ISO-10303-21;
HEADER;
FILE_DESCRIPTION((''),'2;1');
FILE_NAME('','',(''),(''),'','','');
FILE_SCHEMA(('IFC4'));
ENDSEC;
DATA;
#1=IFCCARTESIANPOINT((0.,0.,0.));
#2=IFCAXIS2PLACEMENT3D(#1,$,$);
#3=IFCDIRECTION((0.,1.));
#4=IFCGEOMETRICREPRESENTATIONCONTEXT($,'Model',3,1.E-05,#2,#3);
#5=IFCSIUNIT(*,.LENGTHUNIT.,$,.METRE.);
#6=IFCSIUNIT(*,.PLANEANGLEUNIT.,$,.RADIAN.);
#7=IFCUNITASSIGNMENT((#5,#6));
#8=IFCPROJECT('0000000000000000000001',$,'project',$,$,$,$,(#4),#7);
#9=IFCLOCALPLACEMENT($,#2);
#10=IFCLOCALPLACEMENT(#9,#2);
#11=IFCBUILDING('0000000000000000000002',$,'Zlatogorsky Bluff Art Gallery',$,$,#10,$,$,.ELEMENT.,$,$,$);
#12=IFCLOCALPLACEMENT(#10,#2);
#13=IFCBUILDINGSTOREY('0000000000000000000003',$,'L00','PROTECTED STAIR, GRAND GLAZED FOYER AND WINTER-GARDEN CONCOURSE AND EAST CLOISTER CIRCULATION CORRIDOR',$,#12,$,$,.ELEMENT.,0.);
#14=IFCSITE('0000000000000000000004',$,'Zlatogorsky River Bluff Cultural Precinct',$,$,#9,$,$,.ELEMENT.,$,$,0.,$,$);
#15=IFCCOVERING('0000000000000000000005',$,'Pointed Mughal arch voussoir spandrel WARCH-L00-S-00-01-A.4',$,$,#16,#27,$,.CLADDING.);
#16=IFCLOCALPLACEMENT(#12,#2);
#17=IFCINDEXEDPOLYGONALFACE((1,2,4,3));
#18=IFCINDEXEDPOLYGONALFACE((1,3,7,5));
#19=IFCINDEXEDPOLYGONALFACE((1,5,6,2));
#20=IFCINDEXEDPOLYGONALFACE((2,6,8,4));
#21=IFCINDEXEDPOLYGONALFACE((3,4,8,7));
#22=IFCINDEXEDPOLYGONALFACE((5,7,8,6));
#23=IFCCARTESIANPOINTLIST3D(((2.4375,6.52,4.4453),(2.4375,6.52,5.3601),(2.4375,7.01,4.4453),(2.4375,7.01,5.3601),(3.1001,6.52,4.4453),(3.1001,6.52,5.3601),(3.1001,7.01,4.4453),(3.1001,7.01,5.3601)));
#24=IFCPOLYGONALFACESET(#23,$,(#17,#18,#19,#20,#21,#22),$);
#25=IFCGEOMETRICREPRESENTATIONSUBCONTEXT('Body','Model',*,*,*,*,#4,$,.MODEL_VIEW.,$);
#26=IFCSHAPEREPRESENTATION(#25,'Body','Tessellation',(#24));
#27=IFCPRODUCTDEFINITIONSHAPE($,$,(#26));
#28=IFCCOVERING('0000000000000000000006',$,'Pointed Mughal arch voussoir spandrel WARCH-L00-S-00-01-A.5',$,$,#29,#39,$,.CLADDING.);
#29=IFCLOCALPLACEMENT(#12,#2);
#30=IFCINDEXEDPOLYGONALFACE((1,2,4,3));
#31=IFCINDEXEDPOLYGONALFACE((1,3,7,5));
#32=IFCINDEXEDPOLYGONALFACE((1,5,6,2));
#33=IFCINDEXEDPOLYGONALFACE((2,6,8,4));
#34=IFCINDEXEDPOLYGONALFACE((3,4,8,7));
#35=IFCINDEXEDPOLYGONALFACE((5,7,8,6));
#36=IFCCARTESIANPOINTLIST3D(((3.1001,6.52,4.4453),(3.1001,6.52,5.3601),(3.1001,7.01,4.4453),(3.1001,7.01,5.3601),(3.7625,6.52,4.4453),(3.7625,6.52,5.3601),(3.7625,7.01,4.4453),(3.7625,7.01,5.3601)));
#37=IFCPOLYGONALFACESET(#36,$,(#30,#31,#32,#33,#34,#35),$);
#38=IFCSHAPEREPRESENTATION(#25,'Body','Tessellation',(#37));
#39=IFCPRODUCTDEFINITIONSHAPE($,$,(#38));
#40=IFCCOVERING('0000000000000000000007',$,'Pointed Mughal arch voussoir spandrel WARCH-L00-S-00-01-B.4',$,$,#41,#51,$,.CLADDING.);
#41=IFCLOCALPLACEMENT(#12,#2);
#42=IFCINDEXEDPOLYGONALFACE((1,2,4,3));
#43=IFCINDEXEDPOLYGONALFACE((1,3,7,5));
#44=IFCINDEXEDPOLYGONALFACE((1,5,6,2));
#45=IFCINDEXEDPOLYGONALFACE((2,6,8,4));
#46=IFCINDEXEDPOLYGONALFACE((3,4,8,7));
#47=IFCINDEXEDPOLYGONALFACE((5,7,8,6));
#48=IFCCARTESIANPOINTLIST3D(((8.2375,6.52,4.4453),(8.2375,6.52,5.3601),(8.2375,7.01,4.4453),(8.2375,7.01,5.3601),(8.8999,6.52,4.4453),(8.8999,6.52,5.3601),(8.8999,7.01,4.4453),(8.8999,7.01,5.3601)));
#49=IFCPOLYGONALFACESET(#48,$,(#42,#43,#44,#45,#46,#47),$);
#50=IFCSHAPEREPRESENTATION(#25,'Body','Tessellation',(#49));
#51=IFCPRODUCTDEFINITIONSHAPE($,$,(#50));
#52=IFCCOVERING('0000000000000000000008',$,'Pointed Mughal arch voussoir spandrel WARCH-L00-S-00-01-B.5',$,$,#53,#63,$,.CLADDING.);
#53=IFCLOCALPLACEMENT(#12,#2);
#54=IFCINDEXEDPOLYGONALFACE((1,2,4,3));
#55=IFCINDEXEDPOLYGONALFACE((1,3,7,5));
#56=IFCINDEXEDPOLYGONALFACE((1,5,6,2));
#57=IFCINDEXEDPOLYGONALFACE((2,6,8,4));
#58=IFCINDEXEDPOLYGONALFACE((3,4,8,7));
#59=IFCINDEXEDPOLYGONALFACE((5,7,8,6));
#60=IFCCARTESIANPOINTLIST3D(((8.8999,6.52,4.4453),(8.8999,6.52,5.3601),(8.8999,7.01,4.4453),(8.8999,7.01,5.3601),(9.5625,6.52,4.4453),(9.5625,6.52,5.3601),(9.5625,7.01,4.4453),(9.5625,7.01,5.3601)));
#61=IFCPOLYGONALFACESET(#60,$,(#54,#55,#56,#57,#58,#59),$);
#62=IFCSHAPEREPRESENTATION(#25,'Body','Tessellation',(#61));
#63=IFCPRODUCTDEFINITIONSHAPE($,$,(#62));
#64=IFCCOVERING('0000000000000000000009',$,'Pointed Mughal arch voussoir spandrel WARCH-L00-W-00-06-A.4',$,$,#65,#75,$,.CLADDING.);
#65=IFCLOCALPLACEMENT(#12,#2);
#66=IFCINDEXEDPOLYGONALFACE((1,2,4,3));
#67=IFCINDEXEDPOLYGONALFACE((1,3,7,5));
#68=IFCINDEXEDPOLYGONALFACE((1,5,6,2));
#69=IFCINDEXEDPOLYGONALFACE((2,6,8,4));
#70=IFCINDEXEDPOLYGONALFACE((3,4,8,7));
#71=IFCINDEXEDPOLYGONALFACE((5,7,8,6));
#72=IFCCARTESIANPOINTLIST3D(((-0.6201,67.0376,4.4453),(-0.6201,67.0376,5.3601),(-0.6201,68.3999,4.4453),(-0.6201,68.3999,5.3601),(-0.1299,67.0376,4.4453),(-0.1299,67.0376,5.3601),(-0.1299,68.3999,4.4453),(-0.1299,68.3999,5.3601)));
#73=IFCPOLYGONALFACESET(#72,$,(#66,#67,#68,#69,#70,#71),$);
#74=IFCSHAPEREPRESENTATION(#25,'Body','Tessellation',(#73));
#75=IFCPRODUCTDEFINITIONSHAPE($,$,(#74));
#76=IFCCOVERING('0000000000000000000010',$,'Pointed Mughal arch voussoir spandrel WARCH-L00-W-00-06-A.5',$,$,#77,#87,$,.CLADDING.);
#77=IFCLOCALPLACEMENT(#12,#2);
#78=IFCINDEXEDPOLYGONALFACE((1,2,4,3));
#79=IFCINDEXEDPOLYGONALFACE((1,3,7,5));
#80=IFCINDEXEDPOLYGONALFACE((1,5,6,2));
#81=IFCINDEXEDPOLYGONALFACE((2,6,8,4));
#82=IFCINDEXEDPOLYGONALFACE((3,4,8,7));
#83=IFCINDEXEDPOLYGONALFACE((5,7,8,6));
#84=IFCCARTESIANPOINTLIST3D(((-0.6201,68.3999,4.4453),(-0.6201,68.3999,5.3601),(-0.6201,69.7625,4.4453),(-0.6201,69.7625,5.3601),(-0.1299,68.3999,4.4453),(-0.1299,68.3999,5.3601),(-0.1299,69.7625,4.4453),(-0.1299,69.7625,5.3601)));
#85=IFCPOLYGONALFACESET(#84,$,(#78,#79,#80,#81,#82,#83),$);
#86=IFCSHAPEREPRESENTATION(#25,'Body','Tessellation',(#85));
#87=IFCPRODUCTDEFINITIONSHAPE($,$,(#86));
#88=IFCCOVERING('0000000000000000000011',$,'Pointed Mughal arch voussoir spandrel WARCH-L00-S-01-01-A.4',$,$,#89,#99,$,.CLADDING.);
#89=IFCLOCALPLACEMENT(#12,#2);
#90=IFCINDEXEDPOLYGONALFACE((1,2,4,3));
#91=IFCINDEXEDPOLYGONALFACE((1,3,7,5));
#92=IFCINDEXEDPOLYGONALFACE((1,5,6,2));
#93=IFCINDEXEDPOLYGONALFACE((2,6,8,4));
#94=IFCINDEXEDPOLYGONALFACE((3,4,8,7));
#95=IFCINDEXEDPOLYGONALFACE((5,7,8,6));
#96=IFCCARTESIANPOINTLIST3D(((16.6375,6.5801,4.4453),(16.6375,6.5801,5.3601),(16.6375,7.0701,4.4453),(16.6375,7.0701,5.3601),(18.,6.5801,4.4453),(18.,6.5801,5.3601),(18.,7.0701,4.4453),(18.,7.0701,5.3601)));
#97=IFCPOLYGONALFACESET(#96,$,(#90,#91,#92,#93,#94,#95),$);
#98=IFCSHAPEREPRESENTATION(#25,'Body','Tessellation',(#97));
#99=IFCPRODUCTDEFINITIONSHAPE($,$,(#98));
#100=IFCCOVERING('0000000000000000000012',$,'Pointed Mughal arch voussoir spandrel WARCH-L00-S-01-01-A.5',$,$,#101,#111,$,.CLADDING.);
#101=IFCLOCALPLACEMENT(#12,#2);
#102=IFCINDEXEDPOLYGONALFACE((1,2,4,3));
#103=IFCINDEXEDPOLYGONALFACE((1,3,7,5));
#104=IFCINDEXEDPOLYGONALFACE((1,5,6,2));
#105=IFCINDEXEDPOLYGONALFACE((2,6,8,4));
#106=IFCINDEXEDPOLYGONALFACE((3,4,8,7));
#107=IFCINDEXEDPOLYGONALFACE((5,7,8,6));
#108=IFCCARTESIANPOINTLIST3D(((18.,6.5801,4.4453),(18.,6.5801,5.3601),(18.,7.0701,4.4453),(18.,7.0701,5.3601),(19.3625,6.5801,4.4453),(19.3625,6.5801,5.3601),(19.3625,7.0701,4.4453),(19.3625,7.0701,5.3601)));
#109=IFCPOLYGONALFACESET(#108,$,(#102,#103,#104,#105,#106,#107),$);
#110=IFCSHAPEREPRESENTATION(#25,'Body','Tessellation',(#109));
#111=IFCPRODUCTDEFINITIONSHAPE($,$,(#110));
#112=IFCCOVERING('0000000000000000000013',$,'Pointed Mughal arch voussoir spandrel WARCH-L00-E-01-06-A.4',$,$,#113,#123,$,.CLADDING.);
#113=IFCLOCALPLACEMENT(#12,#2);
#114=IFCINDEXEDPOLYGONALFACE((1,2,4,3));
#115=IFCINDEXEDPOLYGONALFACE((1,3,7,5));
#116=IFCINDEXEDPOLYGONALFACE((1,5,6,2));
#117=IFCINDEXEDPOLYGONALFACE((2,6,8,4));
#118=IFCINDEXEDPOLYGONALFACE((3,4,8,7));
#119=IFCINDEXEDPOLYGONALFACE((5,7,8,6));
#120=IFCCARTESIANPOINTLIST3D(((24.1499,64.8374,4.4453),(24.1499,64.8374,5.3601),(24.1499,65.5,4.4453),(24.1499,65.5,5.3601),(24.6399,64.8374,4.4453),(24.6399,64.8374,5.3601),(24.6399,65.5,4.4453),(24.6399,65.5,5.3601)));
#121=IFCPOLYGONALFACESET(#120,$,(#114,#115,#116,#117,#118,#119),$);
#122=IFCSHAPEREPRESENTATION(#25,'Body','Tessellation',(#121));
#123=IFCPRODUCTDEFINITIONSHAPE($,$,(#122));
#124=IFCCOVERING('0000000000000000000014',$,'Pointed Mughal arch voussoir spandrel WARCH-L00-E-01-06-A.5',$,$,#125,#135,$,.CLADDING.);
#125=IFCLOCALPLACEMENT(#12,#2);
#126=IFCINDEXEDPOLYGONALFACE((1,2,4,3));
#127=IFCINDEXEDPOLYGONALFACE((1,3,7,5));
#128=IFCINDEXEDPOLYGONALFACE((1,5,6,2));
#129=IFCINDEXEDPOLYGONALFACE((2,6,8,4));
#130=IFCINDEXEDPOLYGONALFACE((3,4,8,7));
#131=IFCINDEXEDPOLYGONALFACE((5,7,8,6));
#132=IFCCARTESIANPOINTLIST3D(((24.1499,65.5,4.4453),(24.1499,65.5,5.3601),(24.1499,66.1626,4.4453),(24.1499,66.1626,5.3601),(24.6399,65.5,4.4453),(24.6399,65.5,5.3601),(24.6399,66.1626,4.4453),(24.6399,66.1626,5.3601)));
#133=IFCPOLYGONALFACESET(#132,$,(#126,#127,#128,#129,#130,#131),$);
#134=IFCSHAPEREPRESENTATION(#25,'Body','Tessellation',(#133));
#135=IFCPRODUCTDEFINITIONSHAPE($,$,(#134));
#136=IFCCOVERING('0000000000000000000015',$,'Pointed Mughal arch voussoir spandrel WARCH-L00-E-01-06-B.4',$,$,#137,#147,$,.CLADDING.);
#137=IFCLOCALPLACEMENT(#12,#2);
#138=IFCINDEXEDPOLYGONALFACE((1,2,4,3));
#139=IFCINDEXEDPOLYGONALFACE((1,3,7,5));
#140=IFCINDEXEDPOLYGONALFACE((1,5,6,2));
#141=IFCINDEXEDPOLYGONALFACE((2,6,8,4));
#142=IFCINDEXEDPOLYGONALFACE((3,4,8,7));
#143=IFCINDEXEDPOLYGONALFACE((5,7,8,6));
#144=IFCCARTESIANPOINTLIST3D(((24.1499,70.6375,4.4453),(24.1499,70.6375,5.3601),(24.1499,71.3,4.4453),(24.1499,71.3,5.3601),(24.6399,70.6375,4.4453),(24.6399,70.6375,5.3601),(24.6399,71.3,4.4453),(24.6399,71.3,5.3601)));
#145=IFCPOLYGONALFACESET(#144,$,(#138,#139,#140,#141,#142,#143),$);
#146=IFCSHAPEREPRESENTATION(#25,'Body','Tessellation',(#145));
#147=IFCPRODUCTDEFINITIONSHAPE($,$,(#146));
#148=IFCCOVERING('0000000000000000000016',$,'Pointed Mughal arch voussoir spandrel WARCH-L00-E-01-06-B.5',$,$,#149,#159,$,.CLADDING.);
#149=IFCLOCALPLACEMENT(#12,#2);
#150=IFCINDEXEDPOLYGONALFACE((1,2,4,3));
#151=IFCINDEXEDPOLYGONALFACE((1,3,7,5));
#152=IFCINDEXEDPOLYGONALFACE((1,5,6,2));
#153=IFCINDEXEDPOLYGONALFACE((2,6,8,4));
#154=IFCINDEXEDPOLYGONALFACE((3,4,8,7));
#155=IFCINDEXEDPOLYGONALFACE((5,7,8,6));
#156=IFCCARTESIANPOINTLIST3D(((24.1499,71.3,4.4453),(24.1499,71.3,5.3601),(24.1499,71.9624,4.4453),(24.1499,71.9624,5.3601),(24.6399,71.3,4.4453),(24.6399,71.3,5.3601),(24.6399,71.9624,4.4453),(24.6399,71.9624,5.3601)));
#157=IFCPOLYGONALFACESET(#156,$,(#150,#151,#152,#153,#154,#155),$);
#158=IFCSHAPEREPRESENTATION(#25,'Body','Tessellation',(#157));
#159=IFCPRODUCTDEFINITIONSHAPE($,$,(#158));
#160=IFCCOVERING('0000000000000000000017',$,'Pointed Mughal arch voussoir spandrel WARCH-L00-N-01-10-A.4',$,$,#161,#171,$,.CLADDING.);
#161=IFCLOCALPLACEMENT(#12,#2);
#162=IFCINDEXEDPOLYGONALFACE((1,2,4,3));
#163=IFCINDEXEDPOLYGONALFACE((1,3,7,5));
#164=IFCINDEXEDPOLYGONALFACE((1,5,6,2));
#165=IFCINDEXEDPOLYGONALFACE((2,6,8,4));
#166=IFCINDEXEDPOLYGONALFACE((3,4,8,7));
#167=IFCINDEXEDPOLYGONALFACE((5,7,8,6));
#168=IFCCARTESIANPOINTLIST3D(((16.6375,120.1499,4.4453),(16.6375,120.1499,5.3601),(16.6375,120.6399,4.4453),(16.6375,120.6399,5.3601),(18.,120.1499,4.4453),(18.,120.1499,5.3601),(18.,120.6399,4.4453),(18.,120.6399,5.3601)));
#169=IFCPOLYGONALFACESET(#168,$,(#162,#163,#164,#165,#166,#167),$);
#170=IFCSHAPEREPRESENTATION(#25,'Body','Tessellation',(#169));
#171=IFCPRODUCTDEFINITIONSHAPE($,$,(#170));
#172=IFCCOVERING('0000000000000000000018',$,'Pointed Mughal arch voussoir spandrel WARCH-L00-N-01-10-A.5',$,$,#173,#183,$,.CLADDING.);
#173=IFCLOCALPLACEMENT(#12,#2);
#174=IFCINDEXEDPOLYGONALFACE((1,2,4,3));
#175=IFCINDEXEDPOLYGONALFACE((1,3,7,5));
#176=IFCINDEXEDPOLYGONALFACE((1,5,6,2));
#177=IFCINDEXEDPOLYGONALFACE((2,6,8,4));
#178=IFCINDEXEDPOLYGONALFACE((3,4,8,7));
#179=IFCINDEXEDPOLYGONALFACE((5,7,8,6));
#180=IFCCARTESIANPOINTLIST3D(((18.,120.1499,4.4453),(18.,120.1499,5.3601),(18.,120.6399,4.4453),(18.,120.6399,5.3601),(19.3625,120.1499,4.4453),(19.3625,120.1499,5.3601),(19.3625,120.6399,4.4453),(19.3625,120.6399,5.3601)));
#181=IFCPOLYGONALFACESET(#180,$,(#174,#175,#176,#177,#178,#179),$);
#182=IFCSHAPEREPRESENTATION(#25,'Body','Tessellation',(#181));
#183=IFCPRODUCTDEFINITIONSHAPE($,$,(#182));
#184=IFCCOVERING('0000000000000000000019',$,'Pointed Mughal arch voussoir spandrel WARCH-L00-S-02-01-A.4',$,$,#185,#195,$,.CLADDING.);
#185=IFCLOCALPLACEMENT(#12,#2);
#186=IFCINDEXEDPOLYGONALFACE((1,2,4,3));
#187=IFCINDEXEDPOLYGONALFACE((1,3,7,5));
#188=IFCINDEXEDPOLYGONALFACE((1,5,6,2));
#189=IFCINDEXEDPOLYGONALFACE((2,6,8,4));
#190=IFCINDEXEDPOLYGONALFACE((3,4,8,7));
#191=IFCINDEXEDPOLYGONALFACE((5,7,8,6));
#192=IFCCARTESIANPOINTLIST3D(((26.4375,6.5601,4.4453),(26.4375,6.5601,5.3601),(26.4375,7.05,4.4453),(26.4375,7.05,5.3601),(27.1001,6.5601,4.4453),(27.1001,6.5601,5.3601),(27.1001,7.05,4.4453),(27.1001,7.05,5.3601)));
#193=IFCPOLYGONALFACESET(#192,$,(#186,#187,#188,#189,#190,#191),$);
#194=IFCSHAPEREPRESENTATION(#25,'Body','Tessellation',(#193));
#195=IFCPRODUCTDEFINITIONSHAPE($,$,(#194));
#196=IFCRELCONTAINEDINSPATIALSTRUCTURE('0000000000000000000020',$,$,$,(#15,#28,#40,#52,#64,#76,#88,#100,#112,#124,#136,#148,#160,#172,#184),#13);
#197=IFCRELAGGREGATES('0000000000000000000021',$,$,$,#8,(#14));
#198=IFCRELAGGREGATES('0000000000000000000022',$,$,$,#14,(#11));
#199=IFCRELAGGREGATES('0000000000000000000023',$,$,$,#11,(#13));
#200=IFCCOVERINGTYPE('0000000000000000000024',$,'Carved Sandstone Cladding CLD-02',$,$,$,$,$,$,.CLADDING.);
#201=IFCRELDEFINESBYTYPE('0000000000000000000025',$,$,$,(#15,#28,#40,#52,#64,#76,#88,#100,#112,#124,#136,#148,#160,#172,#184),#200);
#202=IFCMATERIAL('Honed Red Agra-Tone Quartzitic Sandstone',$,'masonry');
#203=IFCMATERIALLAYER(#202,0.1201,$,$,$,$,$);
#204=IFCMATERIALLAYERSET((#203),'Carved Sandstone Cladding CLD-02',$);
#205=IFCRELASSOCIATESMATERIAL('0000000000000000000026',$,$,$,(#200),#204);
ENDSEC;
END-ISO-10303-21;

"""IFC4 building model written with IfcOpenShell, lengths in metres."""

from ifc_helpers import new_model, si_unit, direction, frame, origin, place, context, subcontext, project, spatial, polyline, outline, extrude, material, layer, layer_set, type_object, element, save


model = new_model("IFC4")

# Units and contexts
model_context = context("Model", 3, precision=1e-05, world=origin(), true_north=direction((0.0, 1.0)))
body_context = subcontext(model_context, "Body", "Model", "MODEL_VIEW")
ifc_project = project(units=[si_unit("LENGTHUNIT", "METRE"), si_unit("PLANEANGLEUNIT", "RADIAN")], contexts=[model_context])

# Site, building, storey
site_placement = place(None, origin())
site = spatial("IfcSite", under=ifc_project, at=site_placement, Name="Zlatogorsky River Bluff Cultural Precinct", CompositionType="ELEMENT", RefElevation=0.0)
building_placement = place(site_placement, origin())
building = spatial("IfcBuilding", under=site, at=building_placement, Name="Zlatogorsky Bluff Art Gallery", CompositionType="ELEMENT")
storey_placement = place(building_placement, origin())
storey = spatial("IfcBuildingStorey", under=building, at=storey_placement, Name="L00", Description="PROTECTED STAIR, GRAND GLAZED FOYER AND WINTER-GARDEN CONCOURSE AND EAST CLOISTER CIRCULATION CORRIDOR", CompositionType="ELEMENT", Elevation=0.0)

# Coverings
ifc_material = material(Name="Honed Red Agra-Tone Quartzitic Sandstone", Category="masonry")
ifc_layer = layer(ifc_material, 0.1201)
ifc_layer_set = layer_set([ifc_layer], Name="Carved Sandstone Cladding CLD-02")
covering_type = type_object("IfcCoveringType", Name="Carved Sandstone Cladding CLD-02", PredefinedType="CLADDING", material=ifc_layer_set)
covering_1_placement = place(storey_placement, frame((0.0, 0.0, 4.4453)))
element("IfcCovering", 1, at=covering_1_placement, inside=storey, type_object=covering_type, Name="Pointed Mughal arch voussoir spandrel WARCH-L00-S-00-01-A.4", PredefinedType="CLADDING", context=body_context, shape_type="SweptSolid", body=[
    extrude(outline(polyline([(2.4375, 6.52), (3.1001, 6.52), (3.1001, 7.01), (2.4375, 7.01), (2.4375, 6.52)])), origin(), (0.0, 0.0, 1.0), 0.9148),
])
covering_2_placement = place(storey_placement, frame((0.0, 0.0, 4.4453)))
element("IfcCovering", 2, at=covering_2_placement, inside=storey, type_object=covering_type, Name="Pointed Mughal arch voussoir spandrel WARCH-L00-S-00-01-A.5", PredefinedType="CLADDING", context=body_context, shape_type="SweptSolid", body=[
    extrude(outline(polyline([(3.1001, 6.52), (3.7625, 6.52), (3.7625, 7.01), (3.1001, 7.01), (3.1001, 6.52)])), origin(), (0.0, 0.0, 1.0), 0.9148),
])
covering_3_placement = place(storey_placement, frame((0.0, 0.0, 4.4453)))
element("IfcCovering", 3, at=covering_3_placement, inside=storey, type_object=covering_type, Name="Pointed Mughal arch voussoir spandrel WARCH-L00-S-00-01-B.4", PredefinedType="CLADDING", context=body_context, shape_type="SweptSolid", body=[
    extrude(outline(polyline([(8.2375, 6.52), (8.8999, 6.52), (8.8999, 7.01), (8.2375, 7.01), (8.2375, 6.52)])), origin(), (0.0, 0.0, 1.0), 0.9148),
])
covering_4_placement = place(storey_placement, frame((0.0, 0.0, 4.4453)))
element("IfcCovering", 4, at=covering_4_placement, inside=storey, type_object=covering_type, Name="Pointed Mughal arch voussoir spandrel WARCH-L00-S-00-01-B.5", PredefinedType="CLADDING", context=body_context, shape_type="SweptSolid", body=[
    extrude(outline(polyline([(8.8999, 6.52), (9.5625, 6.52), (9.5625, 7.01), (8.8999, 7.01), (8.8999, 6.52)])), origin(), (0.0, 0.0, 1.0), 0.9148),
])
covering_5_placement = place(storey_placement, frame((0.0, 0.0, 4.4453)))
element("IfcCovering", 5, at=covering_5_placement, inside=storey, type_object=covering_type, Name="Pointed Mughal arch voussoir spandrel WARCH-L00-W-00-06-A.4", PredefinedType="CLADDING", context=body_context, shape_type="SweptSolid", body=[
    extrude(outline(polyline([(-0.6201, 67.0376), (-0.6201, 68.3999), (-0.1299, 68.3999), (-0.1299, 67.0376), (-0.6201, 67.0376)])), origin(), (0.0, 0.0, 1.0), 0.9148),
])
covering_6_placement = place(storey_placement, frame((0.0, 0.0, 4.4453)))
element("IfcCovering", 6, at=covering_6_placement, inside=storey, type_object=covering_type, Name="Pointed Mughal arch voussoir spandrel WARCH-L00-W-00-06-A.5", PredefinedType="CLADDING", context=body_context, shape_type="SweptSolid", body=[
    extrude(outline(polyline([(-0.6201, 68.3999), (-0.6201, 69.7625), (-0.1299, 69.7625), (-0.1299, 68.3999), (-0.6201, 68.3999)])), origin(), (0.0, 0.0, 1.0), 0.9148),
])
covering_7_placement = place(storey_placement, frame((0.0, 0.0, 4.4453)))
element("IfcCovering", 7, at=covering_7_placement, inside=storey, type_object=covering_type, Name="Pointed Mughal arch voussoir spandrel WARCH-L00-S-01-01-A.4", PredefinedType="CLADDING", context=body_context, shape_type="SweptSolid", body=[
    extrude(outline(polyline([(16.6375, 6.5801), (18.0, 6.5801), (18.0, 7.0701), (16.6375, 7.0701), (16.6375, 6.5801)])), origin(), (0.0, 0.0, 1.0), 0.9148),
])
covering_8_placement = place(storey_placement, frame((0.0, 0.0, 4.4453)))
element("IfcCovering", 8, at=covering_8_placement, inside=storey, type_object=covering_type, Name="Pointed Mughal arch voussoir spandrel WARCH-L00-S-01-01-A.5", PredefinedType="CLADDING", context=body_context, shape_type="SweptSolid", body=[
    extrude(outline(polyline([(18.0, 6.5801), (19.3625, 6.5801), (19.3625, 7.0701), (18.0, 7.0701), (18.0, 6.5801)])), origin(), (0.0, 0.0, 1.0), 0.9148),
])
covering_9_placement = place(storey_placement, frame((0.0, 0.0, 4.4453)))
element("IfcCovering", 9, at=covering_9_placement, inside=storey, type_object=covering_type, Name="Pointed Mughal arch voussoir spandrel WARCH-L00-E-01-06-A.4", PredefinedType="CLADDING", context=body_context, shape_type="SweptSolid", body=[
    extrude(outline(polyline([(24.1499, 64.8374), (24.1499, 65.5), (24.6399, 65.5), (24.6399, 64.8374), (24.1499, 64.8374)])), origin(), (0.0, 0.0, 1.0), 0.9148),
])
covering_10_placement = place(storey_placement, frame((0.0, 0.0, 4.4453)))
element("IfcCovering", 10, at=covering_10_placement, inside=storey, type_object=covering_type, Name="Pointed Mughal arch voussoir spandrel WARCH-L00-E-01-06-A.5", PredefinedType="CLADDING", context=body_context, shape_type="SweptSolid", body=[
    extrude(outline(polyline([(24.1499, 65.5), (24.1499, 66.1626), (24.6399, 66.1626), (24.6399, 65.5), (24.1499, 65.5)])), origin(), (0.0, 0.0, 1.0), 0.9148),
])
covering_11_placement = place(storey_placement, frame((0.0, 0.0, 4.4453)))
element("IfcCovering", 11, at=covering_11_placement, inside=storey, type_object=covering_type, Name="Pointed Mughal arch voussoir spandrel WARCH-L00-E-01-06-B.4", PredefinedType="CLADDING", context=body_context, shape_type="SweptSolid", body=[
    extrude(outline(polyline([(24.1499, 70.6375), (24.1499, 71.3), (24.6399, 71.3), (24.6399, 70.6375), (24.1499, 70.6375)])), origin(), (0.0, 0.0, 1.0), 0.9148),
])
covering_12_placement = place(storey_placement, frame((0.0, 0.0, 4.4453)))
element("IfcCovering", 12, at=covering_12_placement, inside=storey, type_object=covering_type, Name="Pointed Mughal arch voussoir spandrel WARCH-L00-E-01-06-B.5", PredefinedType="CLADDING", context=body_context, shape_type="SweptSolid", body=[
    extrude(outline(polyline([(24.1499, 71.3), (24.1499, 71.9624), (24.6399, 71.9624), (24.6399, 71.3), (24.1499, 71.3)])), origin(), (0.0, 0.0, 1.0), 0.9148),
])
covering_13_placement = place(storey_placement, frame((0.0, 0.0, 4.4453)))
element("IfcCovering", 13, at=covering_13_placement, inside=storey, type_object=covering_type, Name="Pointed Mughal arch voussoir spandrel WARCH-L00-N-01-10-A.4", PredefinedType="CLADDING", context=body_context, shape_type="SweptSolid", body=[
    extrude(outline(polyline([(16.6375, 120.1499), (18.0, 120.1499), (18.0, 120.6399), (16.6375, 120.6399), (16.6375, 120.1499)])), origin(), (0.0, 0.0, 1.0), 0.9148),
])
covering_14_placement = place(storey_placement, frame((0.0, 0.0, 4.4453)))
element("IfcCovering", 14, at=covering_14_placement, inside=storey, type_object=covering_type, Name="Pointed Mughal arch voussoir spandrel WARCH-L00-N-01-10-A.5", PredefinedType="CLADDING", context=body_context, shape_type="SweptSolid", body=[
    extrude(outline(polyline([(18.0, 120.1499), (19.3625, 120.1499), (19.3625, 120.6399), (18.0, 120.6399), (18.0, 120.1499)])), origin(), (0.0, 0.0, 1.0), 0.9148),
])
covering_15_placement = place(storey_placement, frame((0.0, 0.0, 4.4453)))
element("IfcCovering", 15, at=covering_15_placement, inside=storey, type_object=covering_type, Name="Pointed Mughal arch voussoir spandrel WARCH-L00-S-02-01-A.4", PredefinedType="CLADDING", context=body_context, shape_type="SweptSolid", body=[
    extrude(outline(polyline([(26.4375, 6.5601), (27.1001, 6.5601), (27.1001, 7.05), (26.4375, 7.05), (26.4375, 6.5601)])), origin(), (0.0, 0.0, 1.0), 0.9148),
])

save(model, "model.ifc")
